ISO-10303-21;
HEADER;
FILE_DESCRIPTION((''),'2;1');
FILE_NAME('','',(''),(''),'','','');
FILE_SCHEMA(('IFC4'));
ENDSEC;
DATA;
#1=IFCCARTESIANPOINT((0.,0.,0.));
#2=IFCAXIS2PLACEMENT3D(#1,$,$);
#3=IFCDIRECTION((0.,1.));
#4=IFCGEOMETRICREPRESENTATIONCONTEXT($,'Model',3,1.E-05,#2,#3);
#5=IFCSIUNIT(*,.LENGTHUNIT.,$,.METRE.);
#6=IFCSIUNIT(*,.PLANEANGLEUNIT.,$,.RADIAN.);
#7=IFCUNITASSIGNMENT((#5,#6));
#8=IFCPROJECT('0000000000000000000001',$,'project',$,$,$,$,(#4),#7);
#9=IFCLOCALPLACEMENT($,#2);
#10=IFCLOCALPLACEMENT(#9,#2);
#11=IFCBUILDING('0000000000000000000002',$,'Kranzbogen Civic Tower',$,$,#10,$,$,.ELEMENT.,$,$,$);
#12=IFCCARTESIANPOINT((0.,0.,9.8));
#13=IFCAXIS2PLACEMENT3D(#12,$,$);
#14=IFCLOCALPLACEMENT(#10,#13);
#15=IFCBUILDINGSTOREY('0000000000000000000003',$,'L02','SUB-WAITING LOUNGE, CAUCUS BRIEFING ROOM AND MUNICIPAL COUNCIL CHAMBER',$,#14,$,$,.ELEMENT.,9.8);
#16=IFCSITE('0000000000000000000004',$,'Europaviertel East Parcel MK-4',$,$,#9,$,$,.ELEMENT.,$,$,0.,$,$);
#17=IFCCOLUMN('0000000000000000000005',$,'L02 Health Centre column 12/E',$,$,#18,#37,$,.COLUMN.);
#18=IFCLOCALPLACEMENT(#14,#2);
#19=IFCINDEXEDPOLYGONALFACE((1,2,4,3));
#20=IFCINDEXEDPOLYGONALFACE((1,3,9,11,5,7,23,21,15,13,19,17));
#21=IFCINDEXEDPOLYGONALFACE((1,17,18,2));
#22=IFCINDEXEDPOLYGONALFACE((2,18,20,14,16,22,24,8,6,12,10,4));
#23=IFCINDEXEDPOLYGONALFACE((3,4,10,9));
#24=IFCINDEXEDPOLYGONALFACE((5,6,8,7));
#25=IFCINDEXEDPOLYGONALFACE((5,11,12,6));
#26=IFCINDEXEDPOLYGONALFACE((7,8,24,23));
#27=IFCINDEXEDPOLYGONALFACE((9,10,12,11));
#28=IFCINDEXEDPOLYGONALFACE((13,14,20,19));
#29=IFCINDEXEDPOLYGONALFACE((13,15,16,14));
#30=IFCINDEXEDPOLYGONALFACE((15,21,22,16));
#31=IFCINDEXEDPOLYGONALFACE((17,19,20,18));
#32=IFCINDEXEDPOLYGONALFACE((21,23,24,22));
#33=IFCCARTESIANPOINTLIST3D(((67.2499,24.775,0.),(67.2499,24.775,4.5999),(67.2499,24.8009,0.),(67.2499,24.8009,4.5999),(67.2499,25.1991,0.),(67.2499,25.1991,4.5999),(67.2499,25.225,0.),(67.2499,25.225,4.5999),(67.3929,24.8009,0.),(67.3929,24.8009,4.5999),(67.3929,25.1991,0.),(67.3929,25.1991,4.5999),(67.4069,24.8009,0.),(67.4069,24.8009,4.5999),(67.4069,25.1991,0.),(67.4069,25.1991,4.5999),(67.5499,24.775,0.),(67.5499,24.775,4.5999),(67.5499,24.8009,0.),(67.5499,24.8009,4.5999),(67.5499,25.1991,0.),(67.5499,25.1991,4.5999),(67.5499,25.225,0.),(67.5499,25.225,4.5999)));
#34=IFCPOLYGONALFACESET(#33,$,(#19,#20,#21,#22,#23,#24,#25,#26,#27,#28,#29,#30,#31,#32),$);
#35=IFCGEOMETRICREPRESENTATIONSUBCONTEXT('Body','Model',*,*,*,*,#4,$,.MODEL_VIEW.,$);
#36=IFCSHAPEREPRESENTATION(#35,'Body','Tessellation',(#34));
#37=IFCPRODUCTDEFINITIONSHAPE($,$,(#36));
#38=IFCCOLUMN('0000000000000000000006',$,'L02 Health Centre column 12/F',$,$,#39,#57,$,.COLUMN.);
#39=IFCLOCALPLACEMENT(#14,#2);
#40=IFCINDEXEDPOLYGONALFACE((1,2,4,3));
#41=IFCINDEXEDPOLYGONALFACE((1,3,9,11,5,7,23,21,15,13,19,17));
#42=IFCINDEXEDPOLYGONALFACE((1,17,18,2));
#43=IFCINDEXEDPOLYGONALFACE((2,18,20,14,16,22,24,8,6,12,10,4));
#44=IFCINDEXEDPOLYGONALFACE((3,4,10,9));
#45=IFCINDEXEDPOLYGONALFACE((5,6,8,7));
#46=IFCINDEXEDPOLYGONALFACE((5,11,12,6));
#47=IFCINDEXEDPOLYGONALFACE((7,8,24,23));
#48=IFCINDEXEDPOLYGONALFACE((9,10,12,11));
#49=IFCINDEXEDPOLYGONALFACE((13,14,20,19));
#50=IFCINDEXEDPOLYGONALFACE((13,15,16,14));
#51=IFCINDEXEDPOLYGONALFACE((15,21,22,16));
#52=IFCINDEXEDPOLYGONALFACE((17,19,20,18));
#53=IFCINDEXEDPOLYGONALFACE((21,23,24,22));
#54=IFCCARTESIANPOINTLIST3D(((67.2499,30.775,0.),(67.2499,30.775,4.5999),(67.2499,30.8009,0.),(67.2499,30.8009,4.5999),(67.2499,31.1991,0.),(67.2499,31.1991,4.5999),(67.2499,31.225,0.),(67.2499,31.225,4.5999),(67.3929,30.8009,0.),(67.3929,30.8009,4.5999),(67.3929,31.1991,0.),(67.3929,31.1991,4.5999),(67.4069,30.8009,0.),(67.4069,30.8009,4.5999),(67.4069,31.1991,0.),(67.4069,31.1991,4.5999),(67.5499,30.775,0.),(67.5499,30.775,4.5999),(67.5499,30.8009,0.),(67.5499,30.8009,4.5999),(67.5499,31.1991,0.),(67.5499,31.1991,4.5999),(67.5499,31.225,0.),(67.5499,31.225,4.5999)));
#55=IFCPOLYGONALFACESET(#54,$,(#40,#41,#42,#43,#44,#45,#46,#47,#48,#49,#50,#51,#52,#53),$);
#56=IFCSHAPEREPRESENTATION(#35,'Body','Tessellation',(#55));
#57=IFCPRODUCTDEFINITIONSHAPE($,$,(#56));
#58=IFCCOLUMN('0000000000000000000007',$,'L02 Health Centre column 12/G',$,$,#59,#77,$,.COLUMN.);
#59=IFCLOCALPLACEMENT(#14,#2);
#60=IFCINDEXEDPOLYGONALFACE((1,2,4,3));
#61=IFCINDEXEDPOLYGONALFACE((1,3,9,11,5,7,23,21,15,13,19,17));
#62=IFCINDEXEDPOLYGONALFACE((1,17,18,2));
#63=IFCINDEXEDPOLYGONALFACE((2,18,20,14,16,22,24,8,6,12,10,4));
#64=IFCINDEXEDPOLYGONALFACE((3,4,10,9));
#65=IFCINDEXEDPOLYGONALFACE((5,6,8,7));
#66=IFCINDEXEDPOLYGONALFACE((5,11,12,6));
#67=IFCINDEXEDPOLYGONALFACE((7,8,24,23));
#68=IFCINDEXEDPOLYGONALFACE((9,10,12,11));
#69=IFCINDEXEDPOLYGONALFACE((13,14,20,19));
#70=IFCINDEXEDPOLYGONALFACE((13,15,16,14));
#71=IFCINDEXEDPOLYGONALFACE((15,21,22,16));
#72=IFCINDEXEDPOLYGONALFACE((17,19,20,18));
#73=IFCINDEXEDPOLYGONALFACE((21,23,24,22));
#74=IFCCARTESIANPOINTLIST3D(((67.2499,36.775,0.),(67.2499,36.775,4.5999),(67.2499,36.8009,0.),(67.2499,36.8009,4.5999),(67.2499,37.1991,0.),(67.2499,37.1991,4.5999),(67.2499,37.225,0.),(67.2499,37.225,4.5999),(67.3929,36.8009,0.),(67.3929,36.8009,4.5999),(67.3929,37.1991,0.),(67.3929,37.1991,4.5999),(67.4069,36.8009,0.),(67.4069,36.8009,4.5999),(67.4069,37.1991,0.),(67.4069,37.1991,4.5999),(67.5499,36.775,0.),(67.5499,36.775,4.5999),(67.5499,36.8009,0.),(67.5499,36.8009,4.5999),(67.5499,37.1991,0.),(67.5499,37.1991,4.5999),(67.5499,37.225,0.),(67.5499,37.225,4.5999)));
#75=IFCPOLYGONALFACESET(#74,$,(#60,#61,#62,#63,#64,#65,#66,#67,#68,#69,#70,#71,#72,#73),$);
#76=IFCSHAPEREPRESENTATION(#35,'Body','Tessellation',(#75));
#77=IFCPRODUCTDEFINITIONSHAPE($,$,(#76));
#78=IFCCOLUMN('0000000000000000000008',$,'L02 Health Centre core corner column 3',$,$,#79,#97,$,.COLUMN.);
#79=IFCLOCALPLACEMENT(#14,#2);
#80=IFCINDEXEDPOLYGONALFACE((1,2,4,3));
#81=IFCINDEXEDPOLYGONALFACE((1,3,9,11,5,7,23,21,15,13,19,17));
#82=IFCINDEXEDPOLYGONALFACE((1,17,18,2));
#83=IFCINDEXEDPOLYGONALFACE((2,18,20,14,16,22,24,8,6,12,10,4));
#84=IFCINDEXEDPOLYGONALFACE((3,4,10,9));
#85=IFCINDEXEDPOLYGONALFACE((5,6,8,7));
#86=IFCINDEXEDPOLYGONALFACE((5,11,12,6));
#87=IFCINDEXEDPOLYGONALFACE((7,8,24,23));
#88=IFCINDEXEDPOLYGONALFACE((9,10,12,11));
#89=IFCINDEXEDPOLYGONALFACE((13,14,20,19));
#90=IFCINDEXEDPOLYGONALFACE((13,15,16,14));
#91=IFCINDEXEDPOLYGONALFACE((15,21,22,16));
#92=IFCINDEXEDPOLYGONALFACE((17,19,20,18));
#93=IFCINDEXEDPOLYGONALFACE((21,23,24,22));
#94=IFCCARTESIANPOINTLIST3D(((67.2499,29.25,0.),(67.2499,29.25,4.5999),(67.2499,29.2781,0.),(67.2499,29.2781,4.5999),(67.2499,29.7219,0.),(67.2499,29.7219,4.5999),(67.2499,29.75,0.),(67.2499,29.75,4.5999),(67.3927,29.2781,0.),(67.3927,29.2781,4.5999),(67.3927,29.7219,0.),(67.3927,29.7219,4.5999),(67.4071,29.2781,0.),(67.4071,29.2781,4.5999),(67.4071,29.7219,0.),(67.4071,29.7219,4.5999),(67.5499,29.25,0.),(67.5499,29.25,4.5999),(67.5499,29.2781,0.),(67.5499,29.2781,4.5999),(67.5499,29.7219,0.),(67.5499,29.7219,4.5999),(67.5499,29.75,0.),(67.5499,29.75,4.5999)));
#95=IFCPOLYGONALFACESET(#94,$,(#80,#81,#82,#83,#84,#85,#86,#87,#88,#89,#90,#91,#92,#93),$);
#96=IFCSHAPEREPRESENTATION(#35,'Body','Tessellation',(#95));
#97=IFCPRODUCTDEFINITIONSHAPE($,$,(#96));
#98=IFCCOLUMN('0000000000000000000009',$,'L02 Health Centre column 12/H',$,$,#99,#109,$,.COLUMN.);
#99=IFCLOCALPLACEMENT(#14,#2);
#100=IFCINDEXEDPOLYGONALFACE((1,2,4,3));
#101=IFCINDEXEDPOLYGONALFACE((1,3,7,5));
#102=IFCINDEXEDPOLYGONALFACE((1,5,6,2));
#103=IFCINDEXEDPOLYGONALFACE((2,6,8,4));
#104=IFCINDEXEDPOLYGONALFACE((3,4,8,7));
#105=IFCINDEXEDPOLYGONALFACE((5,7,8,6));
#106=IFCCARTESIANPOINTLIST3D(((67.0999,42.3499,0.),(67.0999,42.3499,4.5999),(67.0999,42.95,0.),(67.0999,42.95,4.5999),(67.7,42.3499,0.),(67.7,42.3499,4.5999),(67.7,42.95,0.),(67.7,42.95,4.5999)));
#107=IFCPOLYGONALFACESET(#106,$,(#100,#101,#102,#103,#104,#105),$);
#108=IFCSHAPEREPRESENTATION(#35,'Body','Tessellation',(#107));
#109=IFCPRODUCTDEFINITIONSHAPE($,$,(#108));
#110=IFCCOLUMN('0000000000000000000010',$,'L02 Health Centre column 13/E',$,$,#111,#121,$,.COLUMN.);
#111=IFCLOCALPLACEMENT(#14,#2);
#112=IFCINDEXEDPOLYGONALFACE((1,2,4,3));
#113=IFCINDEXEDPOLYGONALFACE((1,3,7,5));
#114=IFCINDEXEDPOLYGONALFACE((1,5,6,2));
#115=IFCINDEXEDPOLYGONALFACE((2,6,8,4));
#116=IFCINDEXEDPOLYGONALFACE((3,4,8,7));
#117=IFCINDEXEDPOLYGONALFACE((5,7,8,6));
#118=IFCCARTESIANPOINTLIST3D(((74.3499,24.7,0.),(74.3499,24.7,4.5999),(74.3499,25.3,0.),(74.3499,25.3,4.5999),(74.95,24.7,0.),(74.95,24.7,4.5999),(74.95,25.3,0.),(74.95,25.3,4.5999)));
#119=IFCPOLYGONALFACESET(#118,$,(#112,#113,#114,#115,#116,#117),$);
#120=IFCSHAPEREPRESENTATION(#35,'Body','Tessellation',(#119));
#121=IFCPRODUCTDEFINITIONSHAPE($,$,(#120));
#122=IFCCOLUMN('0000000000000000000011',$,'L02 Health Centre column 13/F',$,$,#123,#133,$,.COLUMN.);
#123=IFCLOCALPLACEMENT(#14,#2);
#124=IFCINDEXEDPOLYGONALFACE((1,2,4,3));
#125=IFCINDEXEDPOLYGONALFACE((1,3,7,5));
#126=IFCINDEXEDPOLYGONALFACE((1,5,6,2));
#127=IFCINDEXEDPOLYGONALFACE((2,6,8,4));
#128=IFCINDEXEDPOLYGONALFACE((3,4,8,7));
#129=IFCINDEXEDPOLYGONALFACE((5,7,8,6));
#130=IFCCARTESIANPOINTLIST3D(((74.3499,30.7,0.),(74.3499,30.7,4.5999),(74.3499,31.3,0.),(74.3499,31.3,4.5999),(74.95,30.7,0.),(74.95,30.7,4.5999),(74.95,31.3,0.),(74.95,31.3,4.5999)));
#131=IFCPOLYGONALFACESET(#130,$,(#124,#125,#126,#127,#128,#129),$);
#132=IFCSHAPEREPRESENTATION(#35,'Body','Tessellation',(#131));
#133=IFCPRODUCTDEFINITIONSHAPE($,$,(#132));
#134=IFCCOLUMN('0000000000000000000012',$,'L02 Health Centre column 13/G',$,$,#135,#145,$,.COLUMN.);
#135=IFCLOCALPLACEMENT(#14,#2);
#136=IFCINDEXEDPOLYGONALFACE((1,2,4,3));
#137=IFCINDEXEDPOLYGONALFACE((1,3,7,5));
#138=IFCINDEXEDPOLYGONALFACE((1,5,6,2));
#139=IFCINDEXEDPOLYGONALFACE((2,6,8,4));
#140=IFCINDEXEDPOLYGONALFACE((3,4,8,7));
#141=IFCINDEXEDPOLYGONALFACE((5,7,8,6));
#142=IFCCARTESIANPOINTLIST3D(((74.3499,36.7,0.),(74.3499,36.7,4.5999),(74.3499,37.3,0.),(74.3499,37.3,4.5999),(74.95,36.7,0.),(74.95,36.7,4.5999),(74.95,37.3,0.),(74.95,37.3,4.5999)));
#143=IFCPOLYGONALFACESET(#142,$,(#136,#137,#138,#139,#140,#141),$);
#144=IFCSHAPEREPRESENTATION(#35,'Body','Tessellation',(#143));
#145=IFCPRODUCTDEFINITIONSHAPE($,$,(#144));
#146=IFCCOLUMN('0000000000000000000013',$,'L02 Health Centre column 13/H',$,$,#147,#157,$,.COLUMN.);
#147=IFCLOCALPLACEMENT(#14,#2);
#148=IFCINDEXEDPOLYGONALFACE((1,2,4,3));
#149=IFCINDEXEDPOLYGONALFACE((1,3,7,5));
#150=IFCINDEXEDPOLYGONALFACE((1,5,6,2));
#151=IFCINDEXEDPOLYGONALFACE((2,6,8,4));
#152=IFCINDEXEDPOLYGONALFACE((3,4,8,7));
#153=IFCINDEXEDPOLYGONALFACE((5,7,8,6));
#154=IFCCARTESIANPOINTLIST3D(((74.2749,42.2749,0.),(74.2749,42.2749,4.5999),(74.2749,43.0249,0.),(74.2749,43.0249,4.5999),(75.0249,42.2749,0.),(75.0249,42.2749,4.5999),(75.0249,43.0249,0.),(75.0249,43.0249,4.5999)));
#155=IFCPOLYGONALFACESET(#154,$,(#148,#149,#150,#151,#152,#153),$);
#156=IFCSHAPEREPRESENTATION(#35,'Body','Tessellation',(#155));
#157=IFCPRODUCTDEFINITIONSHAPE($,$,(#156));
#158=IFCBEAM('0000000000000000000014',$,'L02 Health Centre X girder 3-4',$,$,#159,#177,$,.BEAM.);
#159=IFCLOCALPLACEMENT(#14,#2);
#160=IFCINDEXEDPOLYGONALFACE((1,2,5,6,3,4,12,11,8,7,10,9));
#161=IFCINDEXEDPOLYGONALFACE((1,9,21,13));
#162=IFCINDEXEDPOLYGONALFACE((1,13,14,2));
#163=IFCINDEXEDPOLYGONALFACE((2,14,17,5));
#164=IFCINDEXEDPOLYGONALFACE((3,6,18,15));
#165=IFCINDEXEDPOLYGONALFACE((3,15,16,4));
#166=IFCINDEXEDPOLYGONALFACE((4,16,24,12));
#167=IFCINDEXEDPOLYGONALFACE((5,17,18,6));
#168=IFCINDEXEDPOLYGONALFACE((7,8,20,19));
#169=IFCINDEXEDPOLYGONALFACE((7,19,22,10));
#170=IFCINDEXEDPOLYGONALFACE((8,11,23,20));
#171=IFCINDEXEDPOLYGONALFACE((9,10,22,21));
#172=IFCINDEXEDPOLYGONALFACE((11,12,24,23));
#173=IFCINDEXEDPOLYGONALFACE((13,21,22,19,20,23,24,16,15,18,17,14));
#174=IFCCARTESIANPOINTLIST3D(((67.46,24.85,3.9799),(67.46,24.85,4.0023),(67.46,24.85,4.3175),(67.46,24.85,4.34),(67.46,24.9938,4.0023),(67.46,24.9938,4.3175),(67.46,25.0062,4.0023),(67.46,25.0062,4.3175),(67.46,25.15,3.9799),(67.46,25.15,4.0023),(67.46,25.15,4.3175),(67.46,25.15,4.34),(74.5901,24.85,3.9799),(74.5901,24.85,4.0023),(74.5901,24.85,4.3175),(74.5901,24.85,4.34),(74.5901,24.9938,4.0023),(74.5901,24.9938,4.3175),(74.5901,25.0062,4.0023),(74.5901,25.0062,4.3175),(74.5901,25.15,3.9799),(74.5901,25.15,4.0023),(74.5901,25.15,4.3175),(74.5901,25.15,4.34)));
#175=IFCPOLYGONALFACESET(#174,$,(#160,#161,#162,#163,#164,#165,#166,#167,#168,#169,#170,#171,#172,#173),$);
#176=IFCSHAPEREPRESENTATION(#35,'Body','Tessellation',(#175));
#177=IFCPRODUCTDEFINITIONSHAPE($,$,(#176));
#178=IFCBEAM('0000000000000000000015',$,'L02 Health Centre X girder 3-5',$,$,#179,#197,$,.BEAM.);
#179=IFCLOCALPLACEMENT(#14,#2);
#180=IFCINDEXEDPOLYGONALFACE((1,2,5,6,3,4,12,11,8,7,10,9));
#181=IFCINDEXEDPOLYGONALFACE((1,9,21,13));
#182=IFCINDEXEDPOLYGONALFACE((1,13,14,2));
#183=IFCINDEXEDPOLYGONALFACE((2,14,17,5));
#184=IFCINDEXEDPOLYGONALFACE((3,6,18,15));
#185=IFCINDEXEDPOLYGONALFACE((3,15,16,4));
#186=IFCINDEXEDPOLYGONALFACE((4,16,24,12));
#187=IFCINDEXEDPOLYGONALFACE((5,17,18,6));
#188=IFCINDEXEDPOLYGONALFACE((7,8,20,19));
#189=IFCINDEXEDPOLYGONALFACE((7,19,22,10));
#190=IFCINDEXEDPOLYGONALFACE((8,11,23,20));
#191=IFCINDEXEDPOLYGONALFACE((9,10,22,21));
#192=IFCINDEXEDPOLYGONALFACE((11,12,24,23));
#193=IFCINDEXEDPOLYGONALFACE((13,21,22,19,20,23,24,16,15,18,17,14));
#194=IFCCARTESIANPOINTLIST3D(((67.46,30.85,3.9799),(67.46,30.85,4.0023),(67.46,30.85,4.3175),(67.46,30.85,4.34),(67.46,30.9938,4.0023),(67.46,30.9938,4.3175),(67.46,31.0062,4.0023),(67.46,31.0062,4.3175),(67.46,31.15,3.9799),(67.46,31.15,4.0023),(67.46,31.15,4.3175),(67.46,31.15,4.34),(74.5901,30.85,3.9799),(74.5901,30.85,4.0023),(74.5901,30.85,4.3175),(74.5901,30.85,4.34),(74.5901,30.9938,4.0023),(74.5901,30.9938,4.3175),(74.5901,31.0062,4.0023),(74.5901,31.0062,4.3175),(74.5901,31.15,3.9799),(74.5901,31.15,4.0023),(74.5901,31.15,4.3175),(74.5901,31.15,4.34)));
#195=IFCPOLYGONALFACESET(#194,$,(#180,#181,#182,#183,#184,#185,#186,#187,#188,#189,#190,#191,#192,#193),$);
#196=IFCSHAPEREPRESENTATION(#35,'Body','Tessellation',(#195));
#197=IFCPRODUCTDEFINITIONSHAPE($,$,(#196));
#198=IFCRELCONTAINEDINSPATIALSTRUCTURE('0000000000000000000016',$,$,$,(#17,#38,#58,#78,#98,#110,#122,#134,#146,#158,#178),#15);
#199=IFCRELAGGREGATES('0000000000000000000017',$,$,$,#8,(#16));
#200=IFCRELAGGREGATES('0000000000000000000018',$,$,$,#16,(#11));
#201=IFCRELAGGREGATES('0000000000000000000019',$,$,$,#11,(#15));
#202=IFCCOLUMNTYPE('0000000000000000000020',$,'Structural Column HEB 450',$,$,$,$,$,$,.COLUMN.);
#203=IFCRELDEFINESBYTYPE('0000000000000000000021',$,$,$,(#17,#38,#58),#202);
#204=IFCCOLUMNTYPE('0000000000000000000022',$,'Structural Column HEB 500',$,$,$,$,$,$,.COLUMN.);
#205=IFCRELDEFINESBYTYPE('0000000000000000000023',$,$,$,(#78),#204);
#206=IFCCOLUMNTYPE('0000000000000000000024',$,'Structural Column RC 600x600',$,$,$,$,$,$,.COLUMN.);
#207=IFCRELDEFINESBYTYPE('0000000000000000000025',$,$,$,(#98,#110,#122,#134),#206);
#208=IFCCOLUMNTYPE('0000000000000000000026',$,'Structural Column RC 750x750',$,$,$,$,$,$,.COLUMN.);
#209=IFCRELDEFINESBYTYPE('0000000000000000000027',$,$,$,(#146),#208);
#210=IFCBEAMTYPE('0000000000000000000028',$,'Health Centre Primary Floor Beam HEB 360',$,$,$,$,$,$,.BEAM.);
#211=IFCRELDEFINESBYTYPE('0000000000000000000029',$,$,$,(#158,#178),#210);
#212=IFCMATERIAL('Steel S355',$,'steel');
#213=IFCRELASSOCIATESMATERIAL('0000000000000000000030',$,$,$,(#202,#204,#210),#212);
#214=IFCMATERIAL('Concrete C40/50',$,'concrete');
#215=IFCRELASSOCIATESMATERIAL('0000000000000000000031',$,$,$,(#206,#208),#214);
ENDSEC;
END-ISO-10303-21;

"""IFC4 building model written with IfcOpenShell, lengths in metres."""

from ifc_helpers import new_model, si_unit, direction, frame, origin, origin_2d, place, context, subcontext, project, spatial, rectangle, i_section, extrude, material, material_profile, profile_set, type_object, element, save


model = new_model("IFC4")

# Units and contexts
model_context = context("Model", 3, precision=1e-05, world=origin(), true_north=direction((0.0, 1.0)))
body_context = subcontext(model_context, "Body", "Model", "MODEL_VIEW")
ifc_project = project(units=[si_unit("LENGTHUNIT", "METRE"), si_unit("PLANEANGLEUNIT", "RADIAN")], contexts=[model_context])

# Site, building, storey
site_placement = place(None, origin())
site = spatial("IfcSite", under=ifc_project, at=site_placement, Name="Europaviertel East Parcel MK-4", CompositionType="ELEMENT", RefElevation=0.0)
building_placement = place(site_placement, origin())
building = spatial("IfcBuilding", under=site, at=building_placement, Name="Kranzbogen Civic Tower", CompositionType="ELEMENT")
storey_placement = place(building_placement, frame((0.0, 0.0, 9.8)))
storey = spatial("IfcBuildingStorey", under=building, at=storey_placement, Name="L02", Description="SUB-WAITING LOUNGE, CAUCUS BRIEFING ROOM AND MUNICIPAL COUNCIL CHAMBER", CompositionType="ELEMENT", Elevation=9.8)

# Columns
ifc_material_1 = material(Name="Steel S355", Category="steel")
ifc_material_profile_1 = material_profile(ifc_material_1, i_section(OverallWidth=0.3, OverallDepth=0.45, WebThickness=0.0139, FlangeThickness=0.0259, at=origin_2d()), Name="HEB 450")
ifc_profile_set_1 = profile_set([ifc_material_profile_1], Name="Steel S355")
column_type_1 = type_object("IfcColumnType", Name="Structural Column HEB 450", PredefinedType="COLUMN", material=ifc_profile_set_1)
for number, where, z_axis, x_axis, name in (
    (1, (67.3999, 25.0, 0.0), (0.0, 0.0, 1.0), (1.0, 0.0, 0.0), "L02 Health Centre column 12/E"),
    (2, (67.3999, 31.0, 0.0), (0.0, 0.0, 1.0), (1.0, 0.0, 0.0), "L02 Health Centre column 12/F"),
    (3, (67.3999, 37.0, 0.0), (0.0, 0.0, 1.0), (1.0, 0.0, 0.0), "L02 Health Centre column 12/G"),
):
    element("IfcColumn", number, at=place(storey_placement, frame(where, z_axis=z_axis, x_axis=x_axis)), inside=storey, type_object=column_type_1, Name=name, PredefinedType="COLUMN", context=body_context, shape_type="SweptSolid", body=[
        extrude(i_section(OverallWidth=0.3, OverallDepth=0.45, WebThickness=0.0139, FlangeThickness=0.0259, at=origin_2d()), origin(), (0.0, 0.0, 1.0), 4.5999),
    ])
ifc_material_profile_2 = material_profile(ifc_material_1, i_section(OverallWidth=0.3, OverallDepth=0.5, WebThickness=0.0144, FlangeThickness=0.0281, at=origin_2d()), Name="HEB 500")
ifc_profile_set_2 = profile_set([ifc_material_profile_2], Name="Steel S355")
column_type_2 = type_object("IfcColumnType", Name="Structural Column HEB 500", PredefinedType="COLUMN", material=ifc_profile_set_2)
column_1_placement = place(storey_placement, frame((67.3999, 29.5, 0.0), z_axis=(0.0, 0.0, 1.0), x_axis=(1.0, 0.0, 0.0)))
element("IfcColumn", 4, at=column_1_placement, inside=storey, type_object=column_type_2, Name="L02 Health Centre core corner column 3", PredefinedType="COLUMN", context=body_context, shape_type="SweptSolid", body=[
    extrude(i_section(OverallWidth=0.3, OverallDepth=0.5, WebThickness=0.0144, FlangeThickness=0.0281, at=origin_2d()), origin(), (0.0, 0.0, 1.0), 4.5999),
])
ifc_material_2 = material(Name="Concrete C40/50", Category="concrete")
ifc_material_profile_3 = material_profile(ifc_material_2, rectangle(XDim=0.6001, YDim=0.6001, at=origin_2d()), Name="RC 600x600")
ifc_profile_set_3 = profile_set([ifc_material_profile_3], Name="Concrete C40/50")
column_type_3 = type_object("IfcColumnType", Name="Structural Column RC 600x600", PredefinedType="COLUMN", material=ifc_profile_set_3)
for number, where, z_axis, x_axis, name in (
    (5, (67.3999, 42.6499, 0.0), (0.0, 0.0, 1.0), (1.0, 0.0, 0.0), "L02 Health Centre column 12/H"),
    (6, (74.6499, 25.0, 0.0), (0.0, 0.0, 1.0), (1.0, 0.0, 0.0), "L02 Health Centre column 13/E"),
    (7, (74.6499, 31.0, 0.0), (0.0, 0.0, 1.0), (1.0, 0.0, 0.0), "L02 Health Centre column 13/F"),
    (8, (74.6499, 37.0, 0.0), (0.0, 0.0, 1.0), (1.0, 0.0, 0.0), "L02 Health Centre column 13/G"),
):
    element("IfcColumn", number, at=place(storey_placement, frame(where, z_axis=z_axis, x_axis=x_axis)), inside=storey, type_object=column_type_3, Name=name, PredefinedType="COLUMN", context=body_context, shape_type="SweptSolid", body=[
        extrude(rectangle(XDim=0.6001, YDim=0.6001, at=origin_2d()), origin(), (0.0, 0.0, 1.0), 4.5999),
    ])
ifc_material_profile_4 = material_profile(ifc_material_2, rectangle(XDim=0.75, YDim=0.75, at=origin_2d()), Name="RC 750x750")
ifc_profile_set_4 = profile_set([ifc_material_profile_4], Name="Concrete C40/50")
column_type_4 = type_object("IfcColumnType", Name="Structural Column RC 750x750", PredefinedType="COLUMN", material=ifc_profile_set_4)
column_2_placement = place(storey_placement, frame((74.6499, 42.6499, 0.0), z_axis=(0.0, 0.0, 1.0), x_axis=(1.0, 0.0, 0.0)))
element("IfcColumn", 9, at=column_2_placement, inside=storey, type_object=column_type_4, Name="L02 Health Centre column 13/H", PredefinedType="COLUMN", context=body_context, shape_type="SweptSolid", body=[
    extrude(rectangle(XDim=0.75, YDim=0.75, at=origin_2d()), origin(), (0.0, 0.0, 1.0), 4.5999),
])

# Beams
ifc_material_profile_5 = material_profile(ifc_material_1, i_section(OverallWidth=0.3, OverallDepth=0.3601, WebThickness=0.0125, FlangeThickness=0.0225, at=origin_2d()), Name="HEB 360")
ifc_profile_set_5 = profile_set([ifc_material_profile_5], Name="Steel S355")
beam_type_1 = type_object("IfcBeamType", Name="Health Centre Primary Floor Beam HEB 360", PredefinedType="BEAM", material=ifc_profile_set_5)
for number, where, z_axis, x_axis, name in (
    (10, (67.46, 25.0, 4.1599), (1.0, 0.0, 0.0), (0.0, 1.0, 0.0), "L02 Health Centre X girder 3-4"),
    (11, (67.46, 31.0, 4.1599), (1.0, 0.0, 0.0), (0.0, 1.0, 0.0), "L02 Health Centre X girder 3-5"),
):
    element("IfcBeam", number, at=place(storey_placement, frame(where, z_axis=z_axis, x_axis=x_axis)), inside=storey, type_object=beam_type_1, Name=name, PredefinedType="BEAM", context=body_context, shape_type="SweptSolid", body=[
        extrude(i_section(OverallWidth=0.3, OverallDepth=0.3601, WebThickness=0.0125, FlangeThickness=0.0225, at=origin_2d()), origin(), (0.0, 0.0, 1.0), 7.1301),
    ])

save(model, "model.ifc")
